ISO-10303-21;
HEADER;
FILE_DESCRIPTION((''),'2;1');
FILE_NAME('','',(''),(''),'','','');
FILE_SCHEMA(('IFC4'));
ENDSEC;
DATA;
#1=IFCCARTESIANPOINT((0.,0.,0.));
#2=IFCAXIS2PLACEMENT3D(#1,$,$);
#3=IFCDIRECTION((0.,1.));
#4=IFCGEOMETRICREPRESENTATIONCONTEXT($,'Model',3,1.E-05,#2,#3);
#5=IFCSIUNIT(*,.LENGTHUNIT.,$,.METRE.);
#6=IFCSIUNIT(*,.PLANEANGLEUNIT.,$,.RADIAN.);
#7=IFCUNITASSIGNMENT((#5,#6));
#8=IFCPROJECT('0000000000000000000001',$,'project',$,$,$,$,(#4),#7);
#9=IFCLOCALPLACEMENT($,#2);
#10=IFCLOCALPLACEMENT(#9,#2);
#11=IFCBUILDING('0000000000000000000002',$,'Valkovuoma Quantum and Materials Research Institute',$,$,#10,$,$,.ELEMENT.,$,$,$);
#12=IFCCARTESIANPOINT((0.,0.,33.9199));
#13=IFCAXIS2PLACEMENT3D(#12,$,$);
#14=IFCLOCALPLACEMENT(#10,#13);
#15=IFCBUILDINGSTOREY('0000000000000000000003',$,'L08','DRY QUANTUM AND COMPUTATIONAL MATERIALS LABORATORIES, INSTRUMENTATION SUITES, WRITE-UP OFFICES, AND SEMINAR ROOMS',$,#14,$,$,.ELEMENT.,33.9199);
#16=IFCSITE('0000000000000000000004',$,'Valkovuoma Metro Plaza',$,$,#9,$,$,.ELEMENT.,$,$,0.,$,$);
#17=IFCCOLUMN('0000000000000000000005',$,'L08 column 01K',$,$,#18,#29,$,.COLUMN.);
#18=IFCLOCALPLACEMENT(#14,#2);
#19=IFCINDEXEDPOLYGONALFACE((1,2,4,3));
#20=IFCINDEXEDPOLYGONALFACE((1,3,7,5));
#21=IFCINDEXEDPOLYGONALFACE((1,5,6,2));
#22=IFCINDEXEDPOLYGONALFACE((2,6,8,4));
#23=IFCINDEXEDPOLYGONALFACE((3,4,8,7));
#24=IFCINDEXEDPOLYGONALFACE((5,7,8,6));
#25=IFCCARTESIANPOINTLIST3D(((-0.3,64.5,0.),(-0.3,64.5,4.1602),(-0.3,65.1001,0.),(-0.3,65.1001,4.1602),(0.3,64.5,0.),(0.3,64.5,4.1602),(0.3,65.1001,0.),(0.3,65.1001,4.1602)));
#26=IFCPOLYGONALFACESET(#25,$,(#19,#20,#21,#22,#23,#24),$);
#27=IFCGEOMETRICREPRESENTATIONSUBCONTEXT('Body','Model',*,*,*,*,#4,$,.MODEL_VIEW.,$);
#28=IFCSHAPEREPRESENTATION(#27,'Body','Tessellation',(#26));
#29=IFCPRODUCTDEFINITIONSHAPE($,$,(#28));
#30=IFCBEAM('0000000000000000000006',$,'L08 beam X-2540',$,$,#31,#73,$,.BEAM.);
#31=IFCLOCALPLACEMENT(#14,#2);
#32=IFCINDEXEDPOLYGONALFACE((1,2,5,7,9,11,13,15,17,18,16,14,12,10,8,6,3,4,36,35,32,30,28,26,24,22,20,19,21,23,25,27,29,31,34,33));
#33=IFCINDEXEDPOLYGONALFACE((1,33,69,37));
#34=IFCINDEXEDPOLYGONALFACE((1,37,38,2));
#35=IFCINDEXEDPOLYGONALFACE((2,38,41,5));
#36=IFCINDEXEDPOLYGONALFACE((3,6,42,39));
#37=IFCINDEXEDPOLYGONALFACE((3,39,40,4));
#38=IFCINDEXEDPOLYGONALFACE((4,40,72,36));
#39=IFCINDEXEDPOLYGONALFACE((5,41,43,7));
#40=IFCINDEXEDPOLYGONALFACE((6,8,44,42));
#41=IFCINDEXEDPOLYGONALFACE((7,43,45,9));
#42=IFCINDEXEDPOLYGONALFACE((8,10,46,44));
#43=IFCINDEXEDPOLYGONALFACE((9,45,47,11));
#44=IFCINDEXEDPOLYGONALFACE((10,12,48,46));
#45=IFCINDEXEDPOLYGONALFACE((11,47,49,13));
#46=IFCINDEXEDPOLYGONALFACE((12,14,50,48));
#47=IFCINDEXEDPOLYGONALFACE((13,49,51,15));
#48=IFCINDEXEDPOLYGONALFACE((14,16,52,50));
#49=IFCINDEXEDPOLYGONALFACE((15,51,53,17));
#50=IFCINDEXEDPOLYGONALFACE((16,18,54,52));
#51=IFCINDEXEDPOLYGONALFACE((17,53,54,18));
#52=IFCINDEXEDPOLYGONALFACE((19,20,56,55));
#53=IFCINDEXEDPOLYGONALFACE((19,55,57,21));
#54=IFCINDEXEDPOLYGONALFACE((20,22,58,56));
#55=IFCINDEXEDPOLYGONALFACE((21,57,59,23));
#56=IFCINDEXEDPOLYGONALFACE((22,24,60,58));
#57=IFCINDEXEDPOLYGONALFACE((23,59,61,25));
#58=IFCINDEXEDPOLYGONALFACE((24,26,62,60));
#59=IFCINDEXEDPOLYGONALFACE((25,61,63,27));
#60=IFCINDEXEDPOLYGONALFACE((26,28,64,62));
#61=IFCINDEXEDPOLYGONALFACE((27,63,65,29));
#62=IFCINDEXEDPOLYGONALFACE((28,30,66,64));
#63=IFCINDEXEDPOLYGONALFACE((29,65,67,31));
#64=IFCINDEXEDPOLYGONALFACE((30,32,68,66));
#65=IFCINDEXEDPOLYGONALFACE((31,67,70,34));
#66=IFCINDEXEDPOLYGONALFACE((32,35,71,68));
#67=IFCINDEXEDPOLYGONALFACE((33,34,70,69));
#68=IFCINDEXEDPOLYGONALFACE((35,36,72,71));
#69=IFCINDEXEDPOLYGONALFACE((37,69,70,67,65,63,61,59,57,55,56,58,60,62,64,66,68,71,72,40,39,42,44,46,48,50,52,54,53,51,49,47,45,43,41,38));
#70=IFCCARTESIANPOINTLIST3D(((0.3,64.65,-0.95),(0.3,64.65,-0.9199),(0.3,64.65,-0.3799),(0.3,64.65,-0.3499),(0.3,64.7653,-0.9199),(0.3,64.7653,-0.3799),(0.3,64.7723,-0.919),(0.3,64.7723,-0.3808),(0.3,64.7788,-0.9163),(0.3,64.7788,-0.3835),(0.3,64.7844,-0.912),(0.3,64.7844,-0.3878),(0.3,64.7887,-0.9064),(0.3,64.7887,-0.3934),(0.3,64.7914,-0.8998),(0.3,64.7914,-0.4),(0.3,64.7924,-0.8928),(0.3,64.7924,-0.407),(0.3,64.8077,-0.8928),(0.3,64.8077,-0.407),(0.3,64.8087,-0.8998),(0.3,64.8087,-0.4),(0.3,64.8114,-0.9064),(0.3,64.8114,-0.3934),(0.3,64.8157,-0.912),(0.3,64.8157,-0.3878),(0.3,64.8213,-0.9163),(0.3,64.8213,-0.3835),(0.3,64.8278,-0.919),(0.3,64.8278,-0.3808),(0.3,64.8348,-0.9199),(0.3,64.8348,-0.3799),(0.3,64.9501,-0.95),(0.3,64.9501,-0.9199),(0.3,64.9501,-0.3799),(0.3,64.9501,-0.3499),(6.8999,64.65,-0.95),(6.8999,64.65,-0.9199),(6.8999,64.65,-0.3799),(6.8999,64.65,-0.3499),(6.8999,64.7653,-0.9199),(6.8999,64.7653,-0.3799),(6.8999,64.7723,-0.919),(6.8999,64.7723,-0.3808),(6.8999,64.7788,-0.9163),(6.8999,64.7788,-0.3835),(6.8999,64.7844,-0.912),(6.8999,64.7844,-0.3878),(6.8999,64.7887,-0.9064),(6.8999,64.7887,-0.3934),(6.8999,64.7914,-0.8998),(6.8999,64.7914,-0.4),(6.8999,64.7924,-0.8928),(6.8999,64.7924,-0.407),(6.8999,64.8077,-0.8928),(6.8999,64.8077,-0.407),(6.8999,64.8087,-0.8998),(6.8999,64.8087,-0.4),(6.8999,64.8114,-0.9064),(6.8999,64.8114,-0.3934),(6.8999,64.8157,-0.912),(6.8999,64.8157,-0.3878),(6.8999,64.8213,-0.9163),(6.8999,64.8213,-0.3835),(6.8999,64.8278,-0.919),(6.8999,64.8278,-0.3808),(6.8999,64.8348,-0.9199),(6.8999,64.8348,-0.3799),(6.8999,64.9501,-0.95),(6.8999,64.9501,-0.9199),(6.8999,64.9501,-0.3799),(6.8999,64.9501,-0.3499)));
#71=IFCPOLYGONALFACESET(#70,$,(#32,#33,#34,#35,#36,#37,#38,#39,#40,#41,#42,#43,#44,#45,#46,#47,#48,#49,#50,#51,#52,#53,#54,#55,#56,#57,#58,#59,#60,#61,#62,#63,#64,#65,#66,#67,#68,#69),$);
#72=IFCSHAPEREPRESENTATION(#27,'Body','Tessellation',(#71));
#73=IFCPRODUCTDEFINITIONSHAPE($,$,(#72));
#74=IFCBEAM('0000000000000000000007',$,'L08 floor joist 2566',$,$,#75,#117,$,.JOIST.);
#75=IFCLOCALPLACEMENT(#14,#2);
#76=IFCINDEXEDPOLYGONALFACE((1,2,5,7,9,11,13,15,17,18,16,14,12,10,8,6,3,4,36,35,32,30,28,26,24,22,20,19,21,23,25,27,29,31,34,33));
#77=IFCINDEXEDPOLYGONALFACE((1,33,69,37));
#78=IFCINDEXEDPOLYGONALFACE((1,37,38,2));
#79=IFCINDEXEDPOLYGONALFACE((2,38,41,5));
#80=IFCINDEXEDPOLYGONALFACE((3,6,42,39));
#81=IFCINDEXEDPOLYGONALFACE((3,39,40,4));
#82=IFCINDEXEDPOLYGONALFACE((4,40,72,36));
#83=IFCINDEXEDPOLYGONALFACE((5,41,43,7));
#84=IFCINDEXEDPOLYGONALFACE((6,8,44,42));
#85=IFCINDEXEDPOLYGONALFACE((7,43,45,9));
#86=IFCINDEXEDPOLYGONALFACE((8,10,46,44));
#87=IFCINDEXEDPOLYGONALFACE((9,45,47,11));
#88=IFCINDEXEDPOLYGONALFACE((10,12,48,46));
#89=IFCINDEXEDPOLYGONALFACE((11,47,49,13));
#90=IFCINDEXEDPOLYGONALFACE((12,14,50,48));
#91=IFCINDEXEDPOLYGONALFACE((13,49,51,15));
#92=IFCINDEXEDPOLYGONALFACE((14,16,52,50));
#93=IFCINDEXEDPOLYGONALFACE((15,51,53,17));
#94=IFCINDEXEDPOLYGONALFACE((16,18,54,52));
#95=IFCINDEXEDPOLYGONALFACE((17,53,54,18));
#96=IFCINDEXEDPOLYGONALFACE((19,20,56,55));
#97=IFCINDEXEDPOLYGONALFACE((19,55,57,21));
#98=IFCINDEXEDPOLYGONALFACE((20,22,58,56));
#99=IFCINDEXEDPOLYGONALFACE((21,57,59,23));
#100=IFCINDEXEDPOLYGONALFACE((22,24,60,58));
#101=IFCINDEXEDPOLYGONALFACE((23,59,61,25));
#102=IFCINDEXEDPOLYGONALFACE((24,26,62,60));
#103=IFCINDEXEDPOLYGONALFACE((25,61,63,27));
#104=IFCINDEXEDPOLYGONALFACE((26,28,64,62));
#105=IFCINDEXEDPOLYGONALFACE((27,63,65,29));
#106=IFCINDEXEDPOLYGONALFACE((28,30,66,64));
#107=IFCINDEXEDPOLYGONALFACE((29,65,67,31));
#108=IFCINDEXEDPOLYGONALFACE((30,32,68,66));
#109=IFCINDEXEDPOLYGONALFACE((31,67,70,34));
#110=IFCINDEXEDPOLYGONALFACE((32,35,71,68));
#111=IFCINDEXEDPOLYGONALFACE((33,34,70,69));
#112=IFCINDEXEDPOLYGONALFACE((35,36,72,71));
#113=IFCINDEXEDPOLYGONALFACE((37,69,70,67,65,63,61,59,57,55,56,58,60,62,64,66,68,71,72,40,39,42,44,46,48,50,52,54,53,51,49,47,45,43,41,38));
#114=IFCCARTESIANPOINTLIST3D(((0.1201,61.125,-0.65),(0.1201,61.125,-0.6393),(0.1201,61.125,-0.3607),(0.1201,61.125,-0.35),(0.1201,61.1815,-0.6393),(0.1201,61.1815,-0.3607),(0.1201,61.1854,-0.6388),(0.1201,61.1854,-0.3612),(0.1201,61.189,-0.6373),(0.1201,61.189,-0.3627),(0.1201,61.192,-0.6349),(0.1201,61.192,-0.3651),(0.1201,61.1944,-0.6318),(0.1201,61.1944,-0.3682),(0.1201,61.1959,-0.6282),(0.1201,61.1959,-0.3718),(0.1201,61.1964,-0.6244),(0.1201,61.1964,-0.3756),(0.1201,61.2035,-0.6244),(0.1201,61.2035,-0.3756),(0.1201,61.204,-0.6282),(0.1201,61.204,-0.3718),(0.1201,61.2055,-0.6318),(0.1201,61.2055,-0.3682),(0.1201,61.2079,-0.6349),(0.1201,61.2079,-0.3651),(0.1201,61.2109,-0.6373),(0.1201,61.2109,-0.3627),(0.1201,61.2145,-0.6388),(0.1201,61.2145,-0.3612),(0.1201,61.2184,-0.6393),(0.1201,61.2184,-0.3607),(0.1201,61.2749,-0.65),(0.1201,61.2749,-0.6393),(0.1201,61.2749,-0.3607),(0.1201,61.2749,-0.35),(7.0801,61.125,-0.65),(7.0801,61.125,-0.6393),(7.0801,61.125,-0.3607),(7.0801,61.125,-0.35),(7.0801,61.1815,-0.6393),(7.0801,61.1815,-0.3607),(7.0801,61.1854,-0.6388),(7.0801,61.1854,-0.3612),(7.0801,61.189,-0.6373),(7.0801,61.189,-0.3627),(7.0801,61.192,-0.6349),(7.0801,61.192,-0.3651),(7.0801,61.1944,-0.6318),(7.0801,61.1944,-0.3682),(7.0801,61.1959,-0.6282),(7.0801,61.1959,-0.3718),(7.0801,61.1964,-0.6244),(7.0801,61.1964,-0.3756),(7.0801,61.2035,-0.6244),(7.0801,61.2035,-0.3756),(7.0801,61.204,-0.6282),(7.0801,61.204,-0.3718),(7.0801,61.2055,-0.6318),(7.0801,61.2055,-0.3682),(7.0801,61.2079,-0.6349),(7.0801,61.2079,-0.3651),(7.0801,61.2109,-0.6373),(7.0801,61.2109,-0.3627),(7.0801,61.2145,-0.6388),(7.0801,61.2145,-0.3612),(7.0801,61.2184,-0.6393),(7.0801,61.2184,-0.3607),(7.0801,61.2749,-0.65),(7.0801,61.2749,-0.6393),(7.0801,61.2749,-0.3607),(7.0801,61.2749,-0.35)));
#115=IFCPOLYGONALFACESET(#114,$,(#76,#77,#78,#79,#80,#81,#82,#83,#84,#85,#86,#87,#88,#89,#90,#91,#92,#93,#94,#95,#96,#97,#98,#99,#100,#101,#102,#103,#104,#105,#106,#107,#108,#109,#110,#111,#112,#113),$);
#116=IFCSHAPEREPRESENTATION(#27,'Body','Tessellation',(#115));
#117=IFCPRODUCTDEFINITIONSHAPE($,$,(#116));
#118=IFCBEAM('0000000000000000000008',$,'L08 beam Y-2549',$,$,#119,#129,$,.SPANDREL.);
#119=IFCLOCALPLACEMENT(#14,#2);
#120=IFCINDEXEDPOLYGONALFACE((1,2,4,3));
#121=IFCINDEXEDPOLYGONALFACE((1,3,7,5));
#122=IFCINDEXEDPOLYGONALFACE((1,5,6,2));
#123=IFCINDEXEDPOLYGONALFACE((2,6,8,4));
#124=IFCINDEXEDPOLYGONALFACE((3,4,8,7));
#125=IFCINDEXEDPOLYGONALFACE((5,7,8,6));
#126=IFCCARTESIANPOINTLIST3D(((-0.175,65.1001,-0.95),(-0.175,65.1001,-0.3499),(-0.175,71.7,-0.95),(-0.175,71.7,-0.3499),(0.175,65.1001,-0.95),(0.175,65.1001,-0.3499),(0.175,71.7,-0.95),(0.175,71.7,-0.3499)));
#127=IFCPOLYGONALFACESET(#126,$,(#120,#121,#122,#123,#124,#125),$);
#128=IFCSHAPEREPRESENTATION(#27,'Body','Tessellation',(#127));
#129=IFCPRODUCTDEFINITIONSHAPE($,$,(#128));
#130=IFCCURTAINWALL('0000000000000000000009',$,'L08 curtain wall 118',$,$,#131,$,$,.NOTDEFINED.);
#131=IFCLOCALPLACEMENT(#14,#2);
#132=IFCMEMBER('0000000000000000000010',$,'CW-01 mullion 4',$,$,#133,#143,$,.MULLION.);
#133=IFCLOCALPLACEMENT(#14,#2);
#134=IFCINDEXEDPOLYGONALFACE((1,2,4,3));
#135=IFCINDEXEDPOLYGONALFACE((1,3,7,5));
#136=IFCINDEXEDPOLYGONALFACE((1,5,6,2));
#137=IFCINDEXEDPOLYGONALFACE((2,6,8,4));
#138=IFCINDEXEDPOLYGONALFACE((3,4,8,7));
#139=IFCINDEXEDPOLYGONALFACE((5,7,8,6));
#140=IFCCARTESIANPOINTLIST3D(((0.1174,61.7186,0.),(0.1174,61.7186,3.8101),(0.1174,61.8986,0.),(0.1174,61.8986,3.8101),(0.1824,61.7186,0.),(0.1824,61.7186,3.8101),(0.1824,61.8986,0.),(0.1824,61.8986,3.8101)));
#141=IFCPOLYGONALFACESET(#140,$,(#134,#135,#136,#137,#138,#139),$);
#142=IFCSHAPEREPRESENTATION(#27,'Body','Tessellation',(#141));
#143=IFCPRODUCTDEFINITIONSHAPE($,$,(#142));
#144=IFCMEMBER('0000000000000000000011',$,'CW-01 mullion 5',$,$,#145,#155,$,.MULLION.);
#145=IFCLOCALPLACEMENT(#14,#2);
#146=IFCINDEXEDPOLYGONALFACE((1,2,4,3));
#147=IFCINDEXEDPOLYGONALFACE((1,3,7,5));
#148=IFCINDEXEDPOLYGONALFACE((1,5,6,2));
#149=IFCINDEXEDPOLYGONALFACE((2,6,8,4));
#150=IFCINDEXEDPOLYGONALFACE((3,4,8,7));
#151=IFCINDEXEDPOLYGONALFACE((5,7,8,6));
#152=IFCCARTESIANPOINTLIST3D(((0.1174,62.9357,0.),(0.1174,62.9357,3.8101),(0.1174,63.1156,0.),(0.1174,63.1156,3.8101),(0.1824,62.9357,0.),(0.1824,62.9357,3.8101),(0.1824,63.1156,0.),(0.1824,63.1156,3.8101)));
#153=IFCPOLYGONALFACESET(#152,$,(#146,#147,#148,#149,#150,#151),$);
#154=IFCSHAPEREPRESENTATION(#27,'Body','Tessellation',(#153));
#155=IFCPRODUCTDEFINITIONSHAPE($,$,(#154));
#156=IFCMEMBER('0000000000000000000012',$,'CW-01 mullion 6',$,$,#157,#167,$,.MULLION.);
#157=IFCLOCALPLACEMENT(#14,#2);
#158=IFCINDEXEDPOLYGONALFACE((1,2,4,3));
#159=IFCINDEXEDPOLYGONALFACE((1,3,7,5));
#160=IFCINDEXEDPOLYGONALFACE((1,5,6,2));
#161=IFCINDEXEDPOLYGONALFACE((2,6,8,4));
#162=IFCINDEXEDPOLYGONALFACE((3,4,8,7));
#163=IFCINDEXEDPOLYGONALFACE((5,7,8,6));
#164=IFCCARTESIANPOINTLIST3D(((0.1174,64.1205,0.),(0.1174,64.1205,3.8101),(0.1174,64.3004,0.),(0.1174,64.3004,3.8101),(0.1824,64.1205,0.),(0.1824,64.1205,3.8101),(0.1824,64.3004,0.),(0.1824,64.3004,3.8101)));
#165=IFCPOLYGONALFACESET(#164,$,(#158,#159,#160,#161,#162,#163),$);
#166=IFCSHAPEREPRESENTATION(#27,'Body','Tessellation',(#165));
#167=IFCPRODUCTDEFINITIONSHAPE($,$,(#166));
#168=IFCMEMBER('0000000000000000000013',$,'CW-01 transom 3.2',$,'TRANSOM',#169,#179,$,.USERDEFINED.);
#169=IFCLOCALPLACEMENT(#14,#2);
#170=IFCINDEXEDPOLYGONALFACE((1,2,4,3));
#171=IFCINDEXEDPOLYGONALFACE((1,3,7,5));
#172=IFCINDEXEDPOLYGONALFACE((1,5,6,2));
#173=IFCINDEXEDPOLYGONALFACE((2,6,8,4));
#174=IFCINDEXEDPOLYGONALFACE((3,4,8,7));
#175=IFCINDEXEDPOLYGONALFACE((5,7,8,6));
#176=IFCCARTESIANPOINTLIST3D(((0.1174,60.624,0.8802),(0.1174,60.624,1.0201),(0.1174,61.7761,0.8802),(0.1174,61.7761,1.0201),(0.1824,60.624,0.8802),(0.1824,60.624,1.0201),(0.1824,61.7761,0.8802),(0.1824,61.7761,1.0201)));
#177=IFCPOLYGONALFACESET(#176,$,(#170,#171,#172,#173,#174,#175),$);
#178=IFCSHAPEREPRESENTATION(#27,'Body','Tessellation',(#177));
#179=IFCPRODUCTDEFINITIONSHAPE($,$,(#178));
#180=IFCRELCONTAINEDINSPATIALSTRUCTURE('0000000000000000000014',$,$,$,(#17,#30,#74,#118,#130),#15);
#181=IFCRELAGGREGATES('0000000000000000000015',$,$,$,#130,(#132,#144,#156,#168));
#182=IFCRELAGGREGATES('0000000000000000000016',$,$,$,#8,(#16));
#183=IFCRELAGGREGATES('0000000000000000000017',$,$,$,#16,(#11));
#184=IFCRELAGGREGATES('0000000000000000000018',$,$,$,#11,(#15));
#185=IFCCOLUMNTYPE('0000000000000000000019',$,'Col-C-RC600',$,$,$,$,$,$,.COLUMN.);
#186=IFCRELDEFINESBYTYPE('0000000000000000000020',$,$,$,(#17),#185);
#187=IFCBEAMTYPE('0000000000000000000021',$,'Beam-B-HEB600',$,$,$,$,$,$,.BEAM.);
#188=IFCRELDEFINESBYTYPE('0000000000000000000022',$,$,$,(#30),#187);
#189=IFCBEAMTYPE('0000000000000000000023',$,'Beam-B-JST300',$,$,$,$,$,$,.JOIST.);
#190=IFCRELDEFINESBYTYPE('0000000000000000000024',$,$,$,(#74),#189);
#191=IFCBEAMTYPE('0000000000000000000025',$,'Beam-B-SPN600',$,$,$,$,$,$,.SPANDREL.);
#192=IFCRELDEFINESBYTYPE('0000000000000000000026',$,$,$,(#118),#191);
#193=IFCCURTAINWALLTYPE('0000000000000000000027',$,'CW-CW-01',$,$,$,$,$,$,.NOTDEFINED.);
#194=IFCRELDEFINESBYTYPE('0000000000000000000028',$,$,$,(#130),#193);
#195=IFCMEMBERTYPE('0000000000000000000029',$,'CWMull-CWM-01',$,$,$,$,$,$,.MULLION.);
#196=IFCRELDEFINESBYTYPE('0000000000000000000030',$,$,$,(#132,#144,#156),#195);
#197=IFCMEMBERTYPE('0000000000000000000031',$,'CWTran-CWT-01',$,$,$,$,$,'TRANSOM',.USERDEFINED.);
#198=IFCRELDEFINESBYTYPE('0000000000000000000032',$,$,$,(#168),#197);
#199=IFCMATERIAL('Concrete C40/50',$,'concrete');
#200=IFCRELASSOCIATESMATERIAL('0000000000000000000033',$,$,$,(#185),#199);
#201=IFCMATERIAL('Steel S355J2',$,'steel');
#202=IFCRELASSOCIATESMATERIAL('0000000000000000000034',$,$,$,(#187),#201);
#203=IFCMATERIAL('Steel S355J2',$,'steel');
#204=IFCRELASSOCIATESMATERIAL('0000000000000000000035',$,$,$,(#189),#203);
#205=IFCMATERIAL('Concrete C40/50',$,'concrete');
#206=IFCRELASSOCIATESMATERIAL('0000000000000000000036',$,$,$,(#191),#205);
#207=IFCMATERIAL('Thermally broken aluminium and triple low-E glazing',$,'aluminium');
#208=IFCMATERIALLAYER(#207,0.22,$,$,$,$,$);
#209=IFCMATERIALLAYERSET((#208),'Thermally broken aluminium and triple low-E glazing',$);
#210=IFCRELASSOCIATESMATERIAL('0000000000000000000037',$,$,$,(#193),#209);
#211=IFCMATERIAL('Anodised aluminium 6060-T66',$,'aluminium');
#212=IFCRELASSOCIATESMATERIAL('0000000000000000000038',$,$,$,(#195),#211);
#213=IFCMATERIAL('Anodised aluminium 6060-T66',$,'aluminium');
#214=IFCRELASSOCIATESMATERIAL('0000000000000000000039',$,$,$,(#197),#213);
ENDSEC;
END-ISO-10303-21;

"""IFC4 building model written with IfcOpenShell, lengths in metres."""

from ifc_helpers import new_model, si_unit, direction, frame, origin, origin_2d, place, context, subcontext, project, spatial, rectangle, i_section, extrude, material, layer, layer_set, material_profile, profile_set, type_object, element, aggregate, save


model = new_model("IFC4")

# Units and contexts
model_context = context("Model", 3, precision=1e-05, world=origin(), true_north=direction((0.0, 1.0)))
body_context = subcontext(model_context, "Body", "Model", "MODEL_VIEW")
ifc_project = project(units=[si_unit("LENGTHUNIT", "METRE"), si_unit("PLANEANGLEUNIT", "RADIAN")], contexts=[model_context])

# Site, building, storey
site_placement = place(None, origin())
site = spatial("IfcSite", under=ifc_project, at=site_placement, Name="Valkovuoma Metro Plaza", CompositionType="ELEMENT", RefElevation=0.0)
building_placement = place(site_placement, origin())
building = spatial("IfcBuilding", under=site, at=building_placement, Name="Valkovuoma Quantum and Materials Research Institute", CompositionType="ELEMENT")
storey_placement = place(building_placement, frame((0.0, 0.0, 33.9199)))
storey = spatial("IfcBuildingStorey", under=building, at=storey_placement, Name="L08", Description="DRY QUANTUM AND COMPUTATIONAL MATERIALS LABORATORIES, INSTRUMENTATION SUITES, WRITE-UP OFFICES, AND SEMINAR ROOMS", CompositionType="ELEMENT", Elevation=33.9199)

# Column
ifc_material_1 = material(Name="Concrete C40/50", Category="concrete")
ifc_material_profile_1 = material_profile(ifc_material_1, rectangle(XDim=0.6001, YDim=0.6001, at=origin_2d()), Name="Concrete C40/50")
ifc_profile_set_1 = profile_set([ifc_material_profile_1], Name="Concrete C40/50")
column_type = type_object("IfcColumnType", Name="Col-C-RC600", PredefinedType="COLUMN", material=ifc_profile_set_1)
column_placement = place(storey_placement, frame((0.0, 64.8, 0.0), z_axis=(0.0, 0.0, 1.0), x_axis=(1.0, 0.0, 0.0)))
element("IfcColumn", 1, at=column_placement, inside=storey, type_object=column_type, Name="L08 column 01K", PredefinedType="COLUMN", context=body_context, shape_type="SweptSolid", body=[
    extrude(rectangle(XDim=0.6001, YDim=0.6001, at=origin_2d()), origin(), (0.0, 0.0, 1.0), 4.1602),
])

# Beams
ifc_material_2 = material(Name="Steel S355J2", Category="steel")
ifc_material_profile_2 = material_profile(ifc_material_2, i_section(OverallWidth=0.3, OverallDepth=0.6001, WebThickness=0.0154, FlangeThickness=0.03, FilletRadius=0.0271, at=origin_2d()), Name="Steel S355J2")
ifc_profile_set_2 = profile_set([ifc_material_profile_2], Name="Steel S355J2")
beam_type_1 = type_object("IfcBeamType", Name="Beam-B-HEB600", PredefinedType="BEAM", material=ifc_profile_set_2)
beam_1_placement = place(storey_placement, frame((0.3, 64.8, -0.6499), z_axis=(1.0, 0.0, 0.0), x_axis=(0.0, 1.0, 0.0)))
element("IfcBeam", 2, at=beam_1_placement, inside=storey, type_object=beam_type_1, Name="L08 beam X-2540", PredefinedType="BEAM", context=body_context, shape_type="SweptSolid", body=[
    extrude(i_section(OverallWidth=0.3, OverallDepth=0.6001, WebThickness=0.0154, FlangeThickness=0.03, FilletRadius=0.0271, at=origin_2d()), origin(), (0.0, 0.0, 1.0), 6.5999),
])
ifc_material_3 = material(Name="Steel S355J2", Category="steel")
ifc_material_profile_3 = material_profile(ifc_material_3, i_section(OverallWidth=0.1499, OverallDepth=0.3, WebThickness=0.0071, FlangeThickness=0.0107, FilletRadius=0.0149, at=origin_2d()), Name="Steel S355J2")
ifc_profile_set_3 = profile_set([ifc_material_profile_3], Name="Steel S355J2")
beam_type_2 = type_object("IfcBeamType", Name="Beam-B-JST300", PredefinedType="JOIST", material=ifc_profile_set_3)
beam_2_placement = place(storey_placement, frame((0.1201, 61.2, -0.5), z_axis=(1.0, 0.0, 0.0), x_axis=(0.0, 1.0, 0.0)))
element("IfcBeam", 3, at=beam_2_placement, inside=storey, type_object=beam_type_2, Name="L08 floor joist 2566", PredefinedType="JOIST", context=body_context, shape_type="SweptSolid", body=[
    extrude(i_section(OverallWidth=0.1499, OverallDepth=0.3, WebThickness=0.0071, FlangeThickness=0.0107, FilletRadius=0.0149, at=origin_2d()), origin(), (0.0, 0.0, 1.0), 6.96),
])
ifc_material_4 = material(Name="Concrete C40/50", Category="concrete")
ifc_material_profile_4 = material_profile(ifc_material_4, rectangle(XDim=0.3501, YDim=0.6001, at=origin_2d()), Name="Concrete C40/50")
ifc_profile_set_4 = profile_set([ifc_material_profile_4], Name="Concrete C40/50")
beam_type_3 = type_object("IfcBeamType", Name="Beam-B-SPN600", PredefinedType="SPANDREL", material=ifc_profile_set_4)
beam_3_placement = place(storey_placement, frame((0.0, 65.1001, -0.6499), z_axis=(0.0, 1.0, 0.0), x_axis=(-1.0, 0.0, 0.0)))
element("IfcBeam", 4, at=beam_3_placement, inside=storey, type_object=beam_type_3, Name="L08 beam Y-2549", PredefinedType="SPANDREL", context=body_context, shape_type="SweptSolid", body=[
    extrude(rectangle(XDim=0.3501, YDim=0.6001, at=origin_2d()), origin(), (0.0, 0.0, 1.0), 6.5999),
])

# Curtain wall, members
ifc_material_5 = material(Name="Thermally broken aluminium and triple low-E glazing", Category="aluminium")
ifc_layer_1 = layer(ifc_material_5, 0.22)
ifc_layer_set_1 = layer_set([ifc_layer_1], Name="Thermally broken aluminium and triple low-E glazing")
curtain_wall_type = type_object("IfcCurtainWallType", Name="CW-CW-01", PredefinedType="NOTDEFINED", material=ifc_layer_set_1)
curtain_wall_placement = place(storey_placement, origin())
curtain_wall = element("IfcCurtainWall", 5, at=curtain_wall_placement, inside=storey, type_object=curtain_wall_type, Name="L08 curtain wall 118", PredefinedType="NOTDEFINED")
ifc_material_6 = material(Name="Anodised aluminium 6060-T66", Category="aluminium")
ifc_material_profile_5 = material_profile(ifc_material_6, rectangle(XDim=0.0649, YDim=0.1799, at=origin_2d()), Name="Anodised aluminium 6060-T66")
ifc_profile_set_5 = profile_set([ifc_material_profile_5], Name="Anodised aluminium 6060-T66")
member_type_1 = type_object("IfcMemberType", Name="CWMull-CWM-01", PredefinedType="MULLION", material=ifc_profile_set_5)
member_1_placement = place(storey_placement, frame((0.1499, 61.8086, 0.0), z_axis=(0.0, 0.0, 1.0), x_axis=(-1.0, 0.0, 0.0)))
member_1 = element("IfcMember", 6, at=member_1_placement, type_object=member_type_1, Name="CW-01 mullion 4", PredefinedType="MULLION", context=body_context, shape_type="SweptSolid", body=[
    extrude(rectangle(XDim=0.0649, YDim=0.1799, at=origin_2d()), origin(), (0.0, 0.0, 1.0), 3.8101),
])
member_2_placement = place(storey_placement, frame((0.1499, 63.0256, 0.0), z_axis=(0.0, 0.0, 1.0), x_axis=(-1.0, 0.0, 0.0)))
member_2 = element("IfcMember", 7, at=member_2_placement, type_object=member_type_1, Name="CW-01 mullion 5", PredefinedType="MULLION", context=body_context, shape_type="SweptSolid", body=[
    extrude(rectangle(XDim=0.0649, YDim=0.1799, at=origin_2d()), origin(), (0.0, 0.0, 1.0), 3.8101),
])
member_3_placement = place(storey_placement, frame((0.1499, 64.2104, 0.0), z_axis=(0.0, 0.0, 1.0), x_axis=(-1.0, 0.0, 0.0)))
member_3 = element("IfcMember", 8, at=member_3_placement, type_object=member_type_1, Name="CW-01 mullion 6", PredefinedType="MULLION", context=body_context, shape_type="SweptSolid", body=[
    extrude(rectangle(XDim=0.0649, YDim=0.1799, at=origin_2d()), origin(), (0.0, 0.0, 1.0), 3.8101),
])
ifc_material_7 = material(Name="Anodised aluminium 6060-T66", Category="aluminium")
ifc_material_profile_6 = material_profile(ifc_material_7, rectangle(XDim=0.0649, YDim=0.1399, at=origin_2d()), Name="Anodised aluminium 6060-T66")
ifc_profile_set_6 = profile_set([ifc_material_profile_6], Name="Anodised aluminium 6060-T66")
member_type_2 = type_object("IfcMemberType", Name="CWTran-CWT-01", ElementType="TRANSOM", PredefinedType="USERDEFINED", material=ifc_profile_set_6)
member_4_placement = place(storey_placement, frame((0.1499, 60.624, 0.9502), z_axis=(0.0, 1.0, 0.0), x_axis=(-1.0, 0.0, 0.0)))
member_4 = element("IfcMember", 9, at=member_4_placement, type_object=member_type_2, Name="CW-01 transom 3.2", ObjectType="TRANSOM", PredefinedType="USERDEFINED", context=body_context, shape_type="SweptSolid", body=[
    extrude(rectangle(XDim=0.0649, YDim=0.1399, at=origin_2d()), origin(), (0.0, 0.0, 1.0), 1.1521),
])
aggregate(curtain_wall, [member_1, member_2, member_3, member_4])

save(model, "model.ifc")
